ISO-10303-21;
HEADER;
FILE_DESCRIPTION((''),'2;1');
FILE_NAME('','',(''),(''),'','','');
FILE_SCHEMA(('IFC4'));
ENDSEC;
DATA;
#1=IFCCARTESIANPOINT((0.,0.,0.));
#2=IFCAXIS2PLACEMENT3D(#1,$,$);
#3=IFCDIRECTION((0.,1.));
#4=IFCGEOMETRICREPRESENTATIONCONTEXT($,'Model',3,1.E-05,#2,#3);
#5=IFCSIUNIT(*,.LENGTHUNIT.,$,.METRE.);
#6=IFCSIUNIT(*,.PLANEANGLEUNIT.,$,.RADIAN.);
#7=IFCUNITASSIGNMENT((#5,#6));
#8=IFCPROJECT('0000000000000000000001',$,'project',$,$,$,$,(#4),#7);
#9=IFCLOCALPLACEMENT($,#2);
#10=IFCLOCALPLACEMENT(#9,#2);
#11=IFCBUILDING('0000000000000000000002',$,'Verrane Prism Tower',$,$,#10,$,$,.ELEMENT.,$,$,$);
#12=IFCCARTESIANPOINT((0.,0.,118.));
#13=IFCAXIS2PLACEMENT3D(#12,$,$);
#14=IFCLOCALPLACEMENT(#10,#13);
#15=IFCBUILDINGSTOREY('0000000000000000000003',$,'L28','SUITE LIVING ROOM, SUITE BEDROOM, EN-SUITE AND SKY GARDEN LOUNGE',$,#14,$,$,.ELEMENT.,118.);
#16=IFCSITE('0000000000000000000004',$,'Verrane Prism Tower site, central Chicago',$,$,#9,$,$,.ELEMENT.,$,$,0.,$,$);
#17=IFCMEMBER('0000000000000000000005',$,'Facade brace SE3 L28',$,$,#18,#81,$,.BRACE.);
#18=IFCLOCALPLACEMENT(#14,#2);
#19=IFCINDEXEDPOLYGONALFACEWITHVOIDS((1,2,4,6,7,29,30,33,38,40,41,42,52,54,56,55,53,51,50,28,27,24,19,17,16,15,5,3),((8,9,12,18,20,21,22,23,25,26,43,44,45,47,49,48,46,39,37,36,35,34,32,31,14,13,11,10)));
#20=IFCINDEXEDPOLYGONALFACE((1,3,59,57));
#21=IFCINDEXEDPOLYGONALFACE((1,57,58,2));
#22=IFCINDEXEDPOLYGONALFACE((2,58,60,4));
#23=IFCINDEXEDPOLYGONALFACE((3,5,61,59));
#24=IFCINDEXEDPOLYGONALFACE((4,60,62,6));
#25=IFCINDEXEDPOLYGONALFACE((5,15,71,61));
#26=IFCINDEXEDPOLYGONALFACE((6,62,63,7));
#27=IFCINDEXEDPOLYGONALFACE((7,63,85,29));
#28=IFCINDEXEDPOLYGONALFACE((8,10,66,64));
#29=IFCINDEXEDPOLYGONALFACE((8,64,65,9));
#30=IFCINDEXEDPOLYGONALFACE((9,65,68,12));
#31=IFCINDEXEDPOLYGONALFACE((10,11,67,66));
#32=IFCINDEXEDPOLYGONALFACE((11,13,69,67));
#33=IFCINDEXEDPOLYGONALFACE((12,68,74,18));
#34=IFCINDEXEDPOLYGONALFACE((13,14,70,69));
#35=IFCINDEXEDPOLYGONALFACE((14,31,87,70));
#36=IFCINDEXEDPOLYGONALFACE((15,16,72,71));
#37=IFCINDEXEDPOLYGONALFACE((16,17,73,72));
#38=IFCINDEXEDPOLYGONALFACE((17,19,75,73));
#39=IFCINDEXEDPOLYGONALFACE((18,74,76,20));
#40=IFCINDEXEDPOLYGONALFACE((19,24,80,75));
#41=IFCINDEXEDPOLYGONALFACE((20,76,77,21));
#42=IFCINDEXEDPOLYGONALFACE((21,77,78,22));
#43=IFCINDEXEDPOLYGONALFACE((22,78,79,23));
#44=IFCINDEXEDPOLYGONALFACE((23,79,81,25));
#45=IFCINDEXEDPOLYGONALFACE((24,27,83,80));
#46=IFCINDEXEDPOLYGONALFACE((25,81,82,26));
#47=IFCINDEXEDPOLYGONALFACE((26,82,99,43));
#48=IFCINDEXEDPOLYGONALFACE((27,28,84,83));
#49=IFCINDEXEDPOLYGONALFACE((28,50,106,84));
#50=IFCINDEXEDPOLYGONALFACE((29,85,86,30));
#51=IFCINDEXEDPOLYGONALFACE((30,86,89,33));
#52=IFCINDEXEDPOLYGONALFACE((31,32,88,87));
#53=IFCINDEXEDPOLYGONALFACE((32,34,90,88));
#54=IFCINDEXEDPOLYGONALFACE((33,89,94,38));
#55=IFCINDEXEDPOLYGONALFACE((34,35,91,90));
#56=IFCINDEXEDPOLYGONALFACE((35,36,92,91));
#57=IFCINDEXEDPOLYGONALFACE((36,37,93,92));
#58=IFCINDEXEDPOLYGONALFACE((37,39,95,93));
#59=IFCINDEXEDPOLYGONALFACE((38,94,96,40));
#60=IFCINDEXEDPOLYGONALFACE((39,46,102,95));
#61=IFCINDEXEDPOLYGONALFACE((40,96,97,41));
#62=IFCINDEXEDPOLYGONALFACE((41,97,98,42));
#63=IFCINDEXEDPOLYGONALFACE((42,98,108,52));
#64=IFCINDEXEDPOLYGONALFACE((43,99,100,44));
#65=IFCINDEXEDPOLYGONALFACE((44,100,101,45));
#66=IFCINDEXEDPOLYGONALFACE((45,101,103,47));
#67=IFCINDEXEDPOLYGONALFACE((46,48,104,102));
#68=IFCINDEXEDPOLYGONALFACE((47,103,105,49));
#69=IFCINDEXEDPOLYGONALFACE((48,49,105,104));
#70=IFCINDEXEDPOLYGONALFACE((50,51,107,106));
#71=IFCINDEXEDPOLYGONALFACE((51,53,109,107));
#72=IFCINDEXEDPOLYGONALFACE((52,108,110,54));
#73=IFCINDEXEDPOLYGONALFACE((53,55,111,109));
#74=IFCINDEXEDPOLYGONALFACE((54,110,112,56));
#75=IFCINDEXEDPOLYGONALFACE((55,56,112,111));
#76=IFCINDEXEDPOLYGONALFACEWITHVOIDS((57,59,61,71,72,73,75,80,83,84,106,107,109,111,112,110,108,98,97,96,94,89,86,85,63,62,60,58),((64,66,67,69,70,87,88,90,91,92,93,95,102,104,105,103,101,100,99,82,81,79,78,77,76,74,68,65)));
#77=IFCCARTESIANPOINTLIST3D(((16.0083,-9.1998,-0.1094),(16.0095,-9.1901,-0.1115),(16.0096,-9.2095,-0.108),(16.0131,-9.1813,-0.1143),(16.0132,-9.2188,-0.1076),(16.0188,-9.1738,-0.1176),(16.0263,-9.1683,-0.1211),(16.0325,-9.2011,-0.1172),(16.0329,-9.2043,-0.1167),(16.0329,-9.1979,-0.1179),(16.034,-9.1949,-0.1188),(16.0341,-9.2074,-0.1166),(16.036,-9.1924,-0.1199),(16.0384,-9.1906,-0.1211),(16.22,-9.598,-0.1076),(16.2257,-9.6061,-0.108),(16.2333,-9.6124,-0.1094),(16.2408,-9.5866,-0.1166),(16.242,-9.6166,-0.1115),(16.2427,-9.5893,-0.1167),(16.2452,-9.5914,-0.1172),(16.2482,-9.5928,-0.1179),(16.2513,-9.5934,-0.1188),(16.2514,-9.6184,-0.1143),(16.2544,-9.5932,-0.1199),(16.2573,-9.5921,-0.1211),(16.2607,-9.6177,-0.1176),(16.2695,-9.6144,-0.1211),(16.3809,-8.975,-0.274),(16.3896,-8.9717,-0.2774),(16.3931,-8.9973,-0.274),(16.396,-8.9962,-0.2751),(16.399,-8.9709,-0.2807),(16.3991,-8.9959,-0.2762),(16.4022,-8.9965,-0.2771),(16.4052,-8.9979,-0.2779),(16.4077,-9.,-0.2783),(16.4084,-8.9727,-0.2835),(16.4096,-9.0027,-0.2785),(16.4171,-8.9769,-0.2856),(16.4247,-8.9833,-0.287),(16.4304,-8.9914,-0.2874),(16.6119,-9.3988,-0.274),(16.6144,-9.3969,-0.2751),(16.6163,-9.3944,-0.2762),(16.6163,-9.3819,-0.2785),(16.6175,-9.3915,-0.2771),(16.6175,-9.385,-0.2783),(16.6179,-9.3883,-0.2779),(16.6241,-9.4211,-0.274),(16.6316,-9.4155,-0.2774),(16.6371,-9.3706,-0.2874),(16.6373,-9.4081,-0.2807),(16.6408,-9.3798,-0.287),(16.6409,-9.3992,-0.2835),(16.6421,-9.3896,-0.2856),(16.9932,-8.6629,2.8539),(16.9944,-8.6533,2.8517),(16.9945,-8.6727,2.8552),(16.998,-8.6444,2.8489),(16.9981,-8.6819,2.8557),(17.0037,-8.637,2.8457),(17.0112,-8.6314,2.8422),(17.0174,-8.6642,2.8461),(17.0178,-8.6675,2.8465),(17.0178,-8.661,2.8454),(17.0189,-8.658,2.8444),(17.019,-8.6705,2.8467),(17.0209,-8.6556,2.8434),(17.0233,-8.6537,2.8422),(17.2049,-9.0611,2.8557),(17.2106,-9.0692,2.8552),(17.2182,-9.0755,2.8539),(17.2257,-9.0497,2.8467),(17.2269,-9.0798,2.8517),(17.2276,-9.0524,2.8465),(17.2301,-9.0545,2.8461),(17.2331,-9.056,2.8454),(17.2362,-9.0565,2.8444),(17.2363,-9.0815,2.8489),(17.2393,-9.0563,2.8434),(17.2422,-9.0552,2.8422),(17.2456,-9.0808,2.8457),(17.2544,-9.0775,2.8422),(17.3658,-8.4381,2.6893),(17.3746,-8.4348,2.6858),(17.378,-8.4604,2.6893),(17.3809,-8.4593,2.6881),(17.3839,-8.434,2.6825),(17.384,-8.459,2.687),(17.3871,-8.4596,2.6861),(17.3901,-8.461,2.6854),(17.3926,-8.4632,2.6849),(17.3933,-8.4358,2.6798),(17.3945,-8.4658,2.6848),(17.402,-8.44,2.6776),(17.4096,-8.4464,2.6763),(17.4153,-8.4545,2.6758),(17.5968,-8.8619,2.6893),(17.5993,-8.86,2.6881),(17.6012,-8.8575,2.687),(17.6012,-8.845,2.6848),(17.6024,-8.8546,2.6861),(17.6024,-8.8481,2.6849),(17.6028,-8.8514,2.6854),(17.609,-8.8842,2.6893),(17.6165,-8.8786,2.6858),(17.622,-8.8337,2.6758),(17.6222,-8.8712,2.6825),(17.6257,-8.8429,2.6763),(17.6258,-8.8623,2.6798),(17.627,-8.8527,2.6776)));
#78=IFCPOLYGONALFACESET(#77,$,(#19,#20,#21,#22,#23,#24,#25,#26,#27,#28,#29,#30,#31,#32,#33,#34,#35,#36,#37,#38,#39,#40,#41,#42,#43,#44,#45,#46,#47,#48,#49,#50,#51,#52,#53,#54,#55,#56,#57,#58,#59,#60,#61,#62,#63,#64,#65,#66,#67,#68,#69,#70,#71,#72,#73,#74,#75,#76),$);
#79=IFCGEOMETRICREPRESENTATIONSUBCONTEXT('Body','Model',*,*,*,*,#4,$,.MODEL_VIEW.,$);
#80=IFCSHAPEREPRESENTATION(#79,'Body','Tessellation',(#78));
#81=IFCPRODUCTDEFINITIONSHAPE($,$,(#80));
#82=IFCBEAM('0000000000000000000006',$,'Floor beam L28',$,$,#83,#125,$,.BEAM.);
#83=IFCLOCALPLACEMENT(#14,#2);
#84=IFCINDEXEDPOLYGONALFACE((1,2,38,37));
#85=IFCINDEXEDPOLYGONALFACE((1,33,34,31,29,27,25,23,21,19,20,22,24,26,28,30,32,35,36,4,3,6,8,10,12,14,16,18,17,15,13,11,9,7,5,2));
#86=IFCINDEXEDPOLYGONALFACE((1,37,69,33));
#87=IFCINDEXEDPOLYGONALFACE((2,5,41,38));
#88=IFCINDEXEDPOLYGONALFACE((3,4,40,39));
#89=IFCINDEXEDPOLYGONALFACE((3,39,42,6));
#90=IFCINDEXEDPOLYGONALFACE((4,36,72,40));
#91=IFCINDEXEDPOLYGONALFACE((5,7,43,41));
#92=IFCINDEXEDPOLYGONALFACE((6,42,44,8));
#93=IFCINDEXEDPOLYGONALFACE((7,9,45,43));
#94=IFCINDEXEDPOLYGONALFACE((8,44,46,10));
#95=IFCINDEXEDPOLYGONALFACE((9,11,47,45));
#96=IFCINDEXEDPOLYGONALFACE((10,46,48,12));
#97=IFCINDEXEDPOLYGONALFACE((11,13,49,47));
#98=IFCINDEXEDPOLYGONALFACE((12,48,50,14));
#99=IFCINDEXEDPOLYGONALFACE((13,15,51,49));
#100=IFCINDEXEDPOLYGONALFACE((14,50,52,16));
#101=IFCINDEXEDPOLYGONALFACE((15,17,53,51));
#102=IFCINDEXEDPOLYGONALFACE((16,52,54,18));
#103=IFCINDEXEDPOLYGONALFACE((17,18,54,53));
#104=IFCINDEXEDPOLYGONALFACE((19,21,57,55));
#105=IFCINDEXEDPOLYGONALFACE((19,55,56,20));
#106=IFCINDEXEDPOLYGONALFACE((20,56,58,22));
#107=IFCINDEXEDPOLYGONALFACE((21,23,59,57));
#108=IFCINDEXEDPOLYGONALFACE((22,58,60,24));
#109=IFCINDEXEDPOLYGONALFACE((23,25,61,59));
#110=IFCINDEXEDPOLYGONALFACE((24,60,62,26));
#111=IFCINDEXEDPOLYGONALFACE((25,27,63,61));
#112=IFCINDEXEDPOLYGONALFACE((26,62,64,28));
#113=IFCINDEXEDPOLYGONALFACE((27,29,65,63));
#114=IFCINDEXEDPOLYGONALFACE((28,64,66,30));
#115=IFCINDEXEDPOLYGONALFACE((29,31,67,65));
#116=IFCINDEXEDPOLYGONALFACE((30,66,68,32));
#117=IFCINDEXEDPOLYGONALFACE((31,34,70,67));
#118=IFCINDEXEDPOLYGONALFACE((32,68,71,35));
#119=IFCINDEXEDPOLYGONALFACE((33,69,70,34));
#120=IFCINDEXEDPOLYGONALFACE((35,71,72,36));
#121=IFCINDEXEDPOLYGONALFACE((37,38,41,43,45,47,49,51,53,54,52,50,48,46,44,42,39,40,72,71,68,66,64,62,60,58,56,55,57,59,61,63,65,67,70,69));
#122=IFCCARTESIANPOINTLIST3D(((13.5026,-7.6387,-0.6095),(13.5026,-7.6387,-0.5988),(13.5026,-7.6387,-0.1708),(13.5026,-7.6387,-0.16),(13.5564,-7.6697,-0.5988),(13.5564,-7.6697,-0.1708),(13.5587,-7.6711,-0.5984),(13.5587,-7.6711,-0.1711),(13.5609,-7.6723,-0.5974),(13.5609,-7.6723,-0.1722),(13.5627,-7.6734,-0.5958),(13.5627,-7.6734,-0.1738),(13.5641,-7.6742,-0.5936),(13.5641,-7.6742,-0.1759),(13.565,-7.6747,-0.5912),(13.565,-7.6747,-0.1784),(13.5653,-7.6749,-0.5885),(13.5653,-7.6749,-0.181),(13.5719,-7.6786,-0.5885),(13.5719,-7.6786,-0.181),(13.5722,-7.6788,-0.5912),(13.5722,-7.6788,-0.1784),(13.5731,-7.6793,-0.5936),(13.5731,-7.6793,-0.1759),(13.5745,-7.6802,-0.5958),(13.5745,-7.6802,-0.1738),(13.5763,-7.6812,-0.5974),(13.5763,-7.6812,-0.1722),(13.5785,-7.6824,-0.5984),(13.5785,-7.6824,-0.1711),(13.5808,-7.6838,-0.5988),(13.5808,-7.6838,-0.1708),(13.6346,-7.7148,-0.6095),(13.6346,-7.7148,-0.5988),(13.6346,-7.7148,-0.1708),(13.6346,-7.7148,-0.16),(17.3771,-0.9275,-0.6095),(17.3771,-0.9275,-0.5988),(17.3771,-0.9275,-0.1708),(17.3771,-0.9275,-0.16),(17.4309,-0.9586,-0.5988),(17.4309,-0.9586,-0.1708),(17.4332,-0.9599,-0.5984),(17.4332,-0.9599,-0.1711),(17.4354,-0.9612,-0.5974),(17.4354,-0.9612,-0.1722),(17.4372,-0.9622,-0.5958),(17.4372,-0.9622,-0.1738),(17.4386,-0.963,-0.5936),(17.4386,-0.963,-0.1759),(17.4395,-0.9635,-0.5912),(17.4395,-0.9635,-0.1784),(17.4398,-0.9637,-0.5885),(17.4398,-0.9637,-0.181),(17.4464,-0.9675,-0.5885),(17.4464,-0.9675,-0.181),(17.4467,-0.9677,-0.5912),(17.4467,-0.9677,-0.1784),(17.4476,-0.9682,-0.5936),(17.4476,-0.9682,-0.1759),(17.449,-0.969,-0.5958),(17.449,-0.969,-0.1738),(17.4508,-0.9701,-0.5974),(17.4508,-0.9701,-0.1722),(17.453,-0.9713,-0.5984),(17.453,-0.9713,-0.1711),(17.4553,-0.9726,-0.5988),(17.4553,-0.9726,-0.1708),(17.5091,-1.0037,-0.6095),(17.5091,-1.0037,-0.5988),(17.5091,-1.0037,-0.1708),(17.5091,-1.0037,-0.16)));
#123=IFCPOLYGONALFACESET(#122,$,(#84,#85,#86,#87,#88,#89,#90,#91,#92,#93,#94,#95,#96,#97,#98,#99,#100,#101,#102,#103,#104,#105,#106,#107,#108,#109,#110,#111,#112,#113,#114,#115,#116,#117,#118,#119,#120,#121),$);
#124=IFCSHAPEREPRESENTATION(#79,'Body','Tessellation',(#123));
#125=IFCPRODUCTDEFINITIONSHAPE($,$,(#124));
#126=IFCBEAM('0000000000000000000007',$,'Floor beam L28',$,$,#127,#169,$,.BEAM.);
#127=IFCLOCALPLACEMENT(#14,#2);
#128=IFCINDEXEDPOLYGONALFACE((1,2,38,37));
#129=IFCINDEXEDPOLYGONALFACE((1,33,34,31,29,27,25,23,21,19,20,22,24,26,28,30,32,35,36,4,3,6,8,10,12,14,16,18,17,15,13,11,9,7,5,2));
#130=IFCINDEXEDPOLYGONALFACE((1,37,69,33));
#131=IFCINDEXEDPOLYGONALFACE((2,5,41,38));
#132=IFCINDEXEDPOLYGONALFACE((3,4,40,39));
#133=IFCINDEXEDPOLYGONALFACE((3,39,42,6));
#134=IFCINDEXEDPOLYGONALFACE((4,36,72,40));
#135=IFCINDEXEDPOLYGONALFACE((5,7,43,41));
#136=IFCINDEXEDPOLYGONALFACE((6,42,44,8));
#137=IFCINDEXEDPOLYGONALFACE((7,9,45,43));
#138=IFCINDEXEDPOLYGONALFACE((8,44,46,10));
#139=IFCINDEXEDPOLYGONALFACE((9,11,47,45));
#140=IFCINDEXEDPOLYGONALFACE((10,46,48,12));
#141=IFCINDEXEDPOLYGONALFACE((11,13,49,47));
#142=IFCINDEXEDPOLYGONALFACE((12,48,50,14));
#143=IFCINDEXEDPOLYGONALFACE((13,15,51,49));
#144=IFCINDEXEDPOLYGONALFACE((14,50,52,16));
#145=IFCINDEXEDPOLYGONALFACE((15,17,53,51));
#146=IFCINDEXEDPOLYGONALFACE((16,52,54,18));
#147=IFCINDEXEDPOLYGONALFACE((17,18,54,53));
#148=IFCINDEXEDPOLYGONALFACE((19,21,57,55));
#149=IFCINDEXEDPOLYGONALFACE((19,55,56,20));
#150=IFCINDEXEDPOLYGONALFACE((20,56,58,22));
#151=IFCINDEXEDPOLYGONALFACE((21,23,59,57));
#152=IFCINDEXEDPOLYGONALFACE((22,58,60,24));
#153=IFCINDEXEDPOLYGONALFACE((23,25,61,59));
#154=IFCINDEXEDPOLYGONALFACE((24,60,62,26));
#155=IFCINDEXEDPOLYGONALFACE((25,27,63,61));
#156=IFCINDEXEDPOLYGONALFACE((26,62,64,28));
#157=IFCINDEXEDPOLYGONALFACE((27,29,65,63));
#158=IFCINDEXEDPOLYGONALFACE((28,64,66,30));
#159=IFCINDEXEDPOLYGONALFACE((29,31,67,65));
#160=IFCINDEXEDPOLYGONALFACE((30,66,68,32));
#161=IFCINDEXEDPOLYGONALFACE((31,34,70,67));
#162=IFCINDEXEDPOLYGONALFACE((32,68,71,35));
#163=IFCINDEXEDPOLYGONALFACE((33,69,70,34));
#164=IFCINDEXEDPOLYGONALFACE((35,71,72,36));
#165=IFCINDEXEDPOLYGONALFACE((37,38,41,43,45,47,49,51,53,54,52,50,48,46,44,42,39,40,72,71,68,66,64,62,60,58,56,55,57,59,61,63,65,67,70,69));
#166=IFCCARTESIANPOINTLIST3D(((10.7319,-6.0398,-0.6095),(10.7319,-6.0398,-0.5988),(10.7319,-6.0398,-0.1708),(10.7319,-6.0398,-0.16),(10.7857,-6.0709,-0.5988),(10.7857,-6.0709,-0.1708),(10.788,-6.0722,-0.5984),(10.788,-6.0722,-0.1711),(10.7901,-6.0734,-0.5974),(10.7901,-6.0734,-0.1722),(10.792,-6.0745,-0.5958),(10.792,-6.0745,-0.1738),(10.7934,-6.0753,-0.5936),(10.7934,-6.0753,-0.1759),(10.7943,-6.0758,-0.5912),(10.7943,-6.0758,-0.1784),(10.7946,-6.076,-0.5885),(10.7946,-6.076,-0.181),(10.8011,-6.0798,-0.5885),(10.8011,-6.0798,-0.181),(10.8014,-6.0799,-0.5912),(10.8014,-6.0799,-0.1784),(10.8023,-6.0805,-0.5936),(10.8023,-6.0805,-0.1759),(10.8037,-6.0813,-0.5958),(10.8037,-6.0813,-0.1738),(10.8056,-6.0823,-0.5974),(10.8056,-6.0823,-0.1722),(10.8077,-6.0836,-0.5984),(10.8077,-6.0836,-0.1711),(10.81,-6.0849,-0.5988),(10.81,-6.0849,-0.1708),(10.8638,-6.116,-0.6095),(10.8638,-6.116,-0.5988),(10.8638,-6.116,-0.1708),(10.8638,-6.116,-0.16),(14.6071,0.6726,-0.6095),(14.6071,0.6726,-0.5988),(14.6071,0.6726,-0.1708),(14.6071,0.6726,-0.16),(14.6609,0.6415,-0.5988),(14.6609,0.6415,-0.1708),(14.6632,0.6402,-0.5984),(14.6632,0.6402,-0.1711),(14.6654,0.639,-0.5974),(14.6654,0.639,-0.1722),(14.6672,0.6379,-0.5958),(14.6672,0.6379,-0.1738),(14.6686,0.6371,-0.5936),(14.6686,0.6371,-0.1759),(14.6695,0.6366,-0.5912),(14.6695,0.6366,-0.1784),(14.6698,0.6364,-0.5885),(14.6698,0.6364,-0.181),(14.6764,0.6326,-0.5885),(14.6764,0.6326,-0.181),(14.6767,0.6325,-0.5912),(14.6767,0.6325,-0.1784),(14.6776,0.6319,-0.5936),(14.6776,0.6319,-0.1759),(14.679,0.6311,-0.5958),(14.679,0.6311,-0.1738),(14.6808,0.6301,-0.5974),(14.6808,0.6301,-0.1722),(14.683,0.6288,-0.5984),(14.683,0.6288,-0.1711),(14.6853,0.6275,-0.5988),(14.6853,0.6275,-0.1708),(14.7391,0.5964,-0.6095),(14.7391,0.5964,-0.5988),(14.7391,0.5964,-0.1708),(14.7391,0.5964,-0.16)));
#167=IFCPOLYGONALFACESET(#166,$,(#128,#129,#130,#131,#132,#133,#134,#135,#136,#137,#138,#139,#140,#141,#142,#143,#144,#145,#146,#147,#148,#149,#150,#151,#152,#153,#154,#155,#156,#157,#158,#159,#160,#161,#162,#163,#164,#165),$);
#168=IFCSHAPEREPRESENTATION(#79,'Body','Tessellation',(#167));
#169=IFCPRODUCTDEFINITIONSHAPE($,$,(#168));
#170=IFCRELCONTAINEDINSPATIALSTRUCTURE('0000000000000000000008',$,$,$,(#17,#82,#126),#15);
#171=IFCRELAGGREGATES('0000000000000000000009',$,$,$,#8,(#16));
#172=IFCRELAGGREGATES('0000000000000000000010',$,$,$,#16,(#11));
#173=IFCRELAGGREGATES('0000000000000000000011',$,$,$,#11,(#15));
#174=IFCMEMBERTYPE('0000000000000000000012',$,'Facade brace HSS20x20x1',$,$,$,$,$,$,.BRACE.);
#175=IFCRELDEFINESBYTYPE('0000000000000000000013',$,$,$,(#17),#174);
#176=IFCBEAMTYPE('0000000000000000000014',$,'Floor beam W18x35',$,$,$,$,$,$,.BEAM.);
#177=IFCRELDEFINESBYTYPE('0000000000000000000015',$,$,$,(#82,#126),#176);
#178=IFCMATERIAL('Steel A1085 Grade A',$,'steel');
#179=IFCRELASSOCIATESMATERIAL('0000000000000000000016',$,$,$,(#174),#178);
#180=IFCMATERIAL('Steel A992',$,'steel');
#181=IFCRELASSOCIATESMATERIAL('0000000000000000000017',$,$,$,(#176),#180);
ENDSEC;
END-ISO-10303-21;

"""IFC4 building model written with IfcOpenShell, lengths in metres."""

from ifc_helpers import new_model, si_unit, direction, frame, origin, origin_2d, place, context, subcontext, project, spatial, hollow_rectangle, i_section, extrude, material, material_profile, profile_set, type_object, element, save


model = new_model("IFC4")

# Units and contexts
model_context = context("Model", 3, precision=1e-05, world=origin(), true_north=direction((0.0, 1.0)))
body_context = subcontext(model_context, "Body", "Model", "MODEL_VIEW")
ifc_project = project(units=[si_unit("LENGTHUNIT", "METRE"), si_unit("PLANEANGLEUNIT", "RADIAN")], contexts=[model_context])

# Site, building, storey
site_placement = place(None, origin())
site = spatial("IfcSite", under=ifc_project, at=site_placement, Name="Verrane Prism Tower site, central Chicago", CompositionType="ELEMENT", RefElevation=0.0)
building_placement = place(site_placement, origin())
building = spatial("IfcBuilding", under=site, at=building_placement, Name="Verrane Prism Tower", CompositionType="ELEMENT")
storey_placement = place(building_placement, frame((0.0, 0.0, 118.0)))
storey = spatial("IfcBuildingStorey", under=building, at=storey_placement, Name="L28", Description="SUITE LIVING ROOM, SUITE BEDROOM, EN-SUITE AND SKY GARDEN LOUNGE", CompositionType="ELEMENT", Elevation=118.0)

# Member
ifc_material_1 = material(Name="Steel A1085 Grade A", Category="steel")
ifc_material_profile_1 = material_profile(ifc_material_1, hollow_rectangle(XDim=0.5081, YDim=0.5081, WallThickness=0.0254, InnerFilletRadius=0.0127, OuterFilletRadius=0.0381, at=origin_2d()), Name="HSS20x20x1")
ifc_profile_set_1 = profile_set([ifc_material_profile_1], Name="Steel A1085 Grade A")
member_type_1 = type_object("IfcMemberType", Name="Facade brace HSS20x20x1", PredefinedType="BRACE", material=ifc_profile_set_1)
member_1_placement = place(storey_placement, frame((16.3252, -9.2947, -0.1975), z_axis=(0.310846, 0.169447, 0.935234), x_axis=(-0.478623, 0.87802, 0.0)))
element("IfcMember", 1, at=member_1_placement, inside=storey, type_object=member_type_1, Name="Facade brace SE3 L28", PredefinedType="BRACE", context=body_context, shape_type="SweptSolid", body=[
    extrude(hollow_rectangle(XDim=0.5081, YDim=0.5081, WallThickness=0.0254, InnerFilletRadius=0.0127, OuterFilletRadius=0.0381, at=origin_2d()), origin(), (0.0, 0.0, 1.0), 3.1685),
])

# Beams
ifc_material_2 = material(Name="Steel A992", Category="steel")
ifc_material_profile_2 = material_profile(ifc_material_2, i_section(OverallWidth=0.1523, OverallDepth=0.4495, WebThickness=0.0076, FlangeThickness=0.0107, FilletRadius=0.0103, at=origin_2d()), Name="W18x35")
ifc_profile_set_2 = profile_set([ifc_material_profile_2], Name="Steel A992")
beam_type_1 = type_object("IfcBeamType", Name="Floor beam W18x35", PredefinedType="BEAM", material=ifc_profile_set_2)
beam_1_placement = place(storey_placement, frame((13.5686, -7.6768, -0.3848), z_axis=(0.499982, 0.866036, 0.0), x_axis=(-0.866036, 0.499982, 0.0)))
element("IfcBeam", 2, at=beam_1_placement, inside=storey, type_object=beam_type_1, Name="Floor beam L28", PredefinedType="BEAM", context=body_context, shape_type="SweptSolid", body=[
    extrude(i_section(OverallWidth=0.1523, OverallDepth=0.4495, WebThickness=0.0076, FlangeThickness=0.0107, FilletRadius=0.0103, at=origin_2d()), origin(), (0.0, 0.0, 1.0), 7.7493),
])
beam_2_placement = place(storey_placement, frame((10.7979, -6.0779, -0.3848), z_axis=(0.499984, 0.866035, 0.0), x_axis=(-0.866035, 0.499984, 0.0)))
element("IfcBeam", 3, at=beam_2_placement, inside=storey, type_object=beam_type_1, Name="Floor beam L28", PredefinedType="BEAM", context=body_context, shape_type="SweptSolid", body=[
    extrude(i_section(OverallWidth=0.1523, OverallDepth=0.4495, WebThickness=0.0076, FlangeThickness=0.0107, FilletRadius=0.0103, at=origin_2d()), origin(), (0.0, 0.0, 1.0), 7.7507),
])

save(model, "model.ifc")
